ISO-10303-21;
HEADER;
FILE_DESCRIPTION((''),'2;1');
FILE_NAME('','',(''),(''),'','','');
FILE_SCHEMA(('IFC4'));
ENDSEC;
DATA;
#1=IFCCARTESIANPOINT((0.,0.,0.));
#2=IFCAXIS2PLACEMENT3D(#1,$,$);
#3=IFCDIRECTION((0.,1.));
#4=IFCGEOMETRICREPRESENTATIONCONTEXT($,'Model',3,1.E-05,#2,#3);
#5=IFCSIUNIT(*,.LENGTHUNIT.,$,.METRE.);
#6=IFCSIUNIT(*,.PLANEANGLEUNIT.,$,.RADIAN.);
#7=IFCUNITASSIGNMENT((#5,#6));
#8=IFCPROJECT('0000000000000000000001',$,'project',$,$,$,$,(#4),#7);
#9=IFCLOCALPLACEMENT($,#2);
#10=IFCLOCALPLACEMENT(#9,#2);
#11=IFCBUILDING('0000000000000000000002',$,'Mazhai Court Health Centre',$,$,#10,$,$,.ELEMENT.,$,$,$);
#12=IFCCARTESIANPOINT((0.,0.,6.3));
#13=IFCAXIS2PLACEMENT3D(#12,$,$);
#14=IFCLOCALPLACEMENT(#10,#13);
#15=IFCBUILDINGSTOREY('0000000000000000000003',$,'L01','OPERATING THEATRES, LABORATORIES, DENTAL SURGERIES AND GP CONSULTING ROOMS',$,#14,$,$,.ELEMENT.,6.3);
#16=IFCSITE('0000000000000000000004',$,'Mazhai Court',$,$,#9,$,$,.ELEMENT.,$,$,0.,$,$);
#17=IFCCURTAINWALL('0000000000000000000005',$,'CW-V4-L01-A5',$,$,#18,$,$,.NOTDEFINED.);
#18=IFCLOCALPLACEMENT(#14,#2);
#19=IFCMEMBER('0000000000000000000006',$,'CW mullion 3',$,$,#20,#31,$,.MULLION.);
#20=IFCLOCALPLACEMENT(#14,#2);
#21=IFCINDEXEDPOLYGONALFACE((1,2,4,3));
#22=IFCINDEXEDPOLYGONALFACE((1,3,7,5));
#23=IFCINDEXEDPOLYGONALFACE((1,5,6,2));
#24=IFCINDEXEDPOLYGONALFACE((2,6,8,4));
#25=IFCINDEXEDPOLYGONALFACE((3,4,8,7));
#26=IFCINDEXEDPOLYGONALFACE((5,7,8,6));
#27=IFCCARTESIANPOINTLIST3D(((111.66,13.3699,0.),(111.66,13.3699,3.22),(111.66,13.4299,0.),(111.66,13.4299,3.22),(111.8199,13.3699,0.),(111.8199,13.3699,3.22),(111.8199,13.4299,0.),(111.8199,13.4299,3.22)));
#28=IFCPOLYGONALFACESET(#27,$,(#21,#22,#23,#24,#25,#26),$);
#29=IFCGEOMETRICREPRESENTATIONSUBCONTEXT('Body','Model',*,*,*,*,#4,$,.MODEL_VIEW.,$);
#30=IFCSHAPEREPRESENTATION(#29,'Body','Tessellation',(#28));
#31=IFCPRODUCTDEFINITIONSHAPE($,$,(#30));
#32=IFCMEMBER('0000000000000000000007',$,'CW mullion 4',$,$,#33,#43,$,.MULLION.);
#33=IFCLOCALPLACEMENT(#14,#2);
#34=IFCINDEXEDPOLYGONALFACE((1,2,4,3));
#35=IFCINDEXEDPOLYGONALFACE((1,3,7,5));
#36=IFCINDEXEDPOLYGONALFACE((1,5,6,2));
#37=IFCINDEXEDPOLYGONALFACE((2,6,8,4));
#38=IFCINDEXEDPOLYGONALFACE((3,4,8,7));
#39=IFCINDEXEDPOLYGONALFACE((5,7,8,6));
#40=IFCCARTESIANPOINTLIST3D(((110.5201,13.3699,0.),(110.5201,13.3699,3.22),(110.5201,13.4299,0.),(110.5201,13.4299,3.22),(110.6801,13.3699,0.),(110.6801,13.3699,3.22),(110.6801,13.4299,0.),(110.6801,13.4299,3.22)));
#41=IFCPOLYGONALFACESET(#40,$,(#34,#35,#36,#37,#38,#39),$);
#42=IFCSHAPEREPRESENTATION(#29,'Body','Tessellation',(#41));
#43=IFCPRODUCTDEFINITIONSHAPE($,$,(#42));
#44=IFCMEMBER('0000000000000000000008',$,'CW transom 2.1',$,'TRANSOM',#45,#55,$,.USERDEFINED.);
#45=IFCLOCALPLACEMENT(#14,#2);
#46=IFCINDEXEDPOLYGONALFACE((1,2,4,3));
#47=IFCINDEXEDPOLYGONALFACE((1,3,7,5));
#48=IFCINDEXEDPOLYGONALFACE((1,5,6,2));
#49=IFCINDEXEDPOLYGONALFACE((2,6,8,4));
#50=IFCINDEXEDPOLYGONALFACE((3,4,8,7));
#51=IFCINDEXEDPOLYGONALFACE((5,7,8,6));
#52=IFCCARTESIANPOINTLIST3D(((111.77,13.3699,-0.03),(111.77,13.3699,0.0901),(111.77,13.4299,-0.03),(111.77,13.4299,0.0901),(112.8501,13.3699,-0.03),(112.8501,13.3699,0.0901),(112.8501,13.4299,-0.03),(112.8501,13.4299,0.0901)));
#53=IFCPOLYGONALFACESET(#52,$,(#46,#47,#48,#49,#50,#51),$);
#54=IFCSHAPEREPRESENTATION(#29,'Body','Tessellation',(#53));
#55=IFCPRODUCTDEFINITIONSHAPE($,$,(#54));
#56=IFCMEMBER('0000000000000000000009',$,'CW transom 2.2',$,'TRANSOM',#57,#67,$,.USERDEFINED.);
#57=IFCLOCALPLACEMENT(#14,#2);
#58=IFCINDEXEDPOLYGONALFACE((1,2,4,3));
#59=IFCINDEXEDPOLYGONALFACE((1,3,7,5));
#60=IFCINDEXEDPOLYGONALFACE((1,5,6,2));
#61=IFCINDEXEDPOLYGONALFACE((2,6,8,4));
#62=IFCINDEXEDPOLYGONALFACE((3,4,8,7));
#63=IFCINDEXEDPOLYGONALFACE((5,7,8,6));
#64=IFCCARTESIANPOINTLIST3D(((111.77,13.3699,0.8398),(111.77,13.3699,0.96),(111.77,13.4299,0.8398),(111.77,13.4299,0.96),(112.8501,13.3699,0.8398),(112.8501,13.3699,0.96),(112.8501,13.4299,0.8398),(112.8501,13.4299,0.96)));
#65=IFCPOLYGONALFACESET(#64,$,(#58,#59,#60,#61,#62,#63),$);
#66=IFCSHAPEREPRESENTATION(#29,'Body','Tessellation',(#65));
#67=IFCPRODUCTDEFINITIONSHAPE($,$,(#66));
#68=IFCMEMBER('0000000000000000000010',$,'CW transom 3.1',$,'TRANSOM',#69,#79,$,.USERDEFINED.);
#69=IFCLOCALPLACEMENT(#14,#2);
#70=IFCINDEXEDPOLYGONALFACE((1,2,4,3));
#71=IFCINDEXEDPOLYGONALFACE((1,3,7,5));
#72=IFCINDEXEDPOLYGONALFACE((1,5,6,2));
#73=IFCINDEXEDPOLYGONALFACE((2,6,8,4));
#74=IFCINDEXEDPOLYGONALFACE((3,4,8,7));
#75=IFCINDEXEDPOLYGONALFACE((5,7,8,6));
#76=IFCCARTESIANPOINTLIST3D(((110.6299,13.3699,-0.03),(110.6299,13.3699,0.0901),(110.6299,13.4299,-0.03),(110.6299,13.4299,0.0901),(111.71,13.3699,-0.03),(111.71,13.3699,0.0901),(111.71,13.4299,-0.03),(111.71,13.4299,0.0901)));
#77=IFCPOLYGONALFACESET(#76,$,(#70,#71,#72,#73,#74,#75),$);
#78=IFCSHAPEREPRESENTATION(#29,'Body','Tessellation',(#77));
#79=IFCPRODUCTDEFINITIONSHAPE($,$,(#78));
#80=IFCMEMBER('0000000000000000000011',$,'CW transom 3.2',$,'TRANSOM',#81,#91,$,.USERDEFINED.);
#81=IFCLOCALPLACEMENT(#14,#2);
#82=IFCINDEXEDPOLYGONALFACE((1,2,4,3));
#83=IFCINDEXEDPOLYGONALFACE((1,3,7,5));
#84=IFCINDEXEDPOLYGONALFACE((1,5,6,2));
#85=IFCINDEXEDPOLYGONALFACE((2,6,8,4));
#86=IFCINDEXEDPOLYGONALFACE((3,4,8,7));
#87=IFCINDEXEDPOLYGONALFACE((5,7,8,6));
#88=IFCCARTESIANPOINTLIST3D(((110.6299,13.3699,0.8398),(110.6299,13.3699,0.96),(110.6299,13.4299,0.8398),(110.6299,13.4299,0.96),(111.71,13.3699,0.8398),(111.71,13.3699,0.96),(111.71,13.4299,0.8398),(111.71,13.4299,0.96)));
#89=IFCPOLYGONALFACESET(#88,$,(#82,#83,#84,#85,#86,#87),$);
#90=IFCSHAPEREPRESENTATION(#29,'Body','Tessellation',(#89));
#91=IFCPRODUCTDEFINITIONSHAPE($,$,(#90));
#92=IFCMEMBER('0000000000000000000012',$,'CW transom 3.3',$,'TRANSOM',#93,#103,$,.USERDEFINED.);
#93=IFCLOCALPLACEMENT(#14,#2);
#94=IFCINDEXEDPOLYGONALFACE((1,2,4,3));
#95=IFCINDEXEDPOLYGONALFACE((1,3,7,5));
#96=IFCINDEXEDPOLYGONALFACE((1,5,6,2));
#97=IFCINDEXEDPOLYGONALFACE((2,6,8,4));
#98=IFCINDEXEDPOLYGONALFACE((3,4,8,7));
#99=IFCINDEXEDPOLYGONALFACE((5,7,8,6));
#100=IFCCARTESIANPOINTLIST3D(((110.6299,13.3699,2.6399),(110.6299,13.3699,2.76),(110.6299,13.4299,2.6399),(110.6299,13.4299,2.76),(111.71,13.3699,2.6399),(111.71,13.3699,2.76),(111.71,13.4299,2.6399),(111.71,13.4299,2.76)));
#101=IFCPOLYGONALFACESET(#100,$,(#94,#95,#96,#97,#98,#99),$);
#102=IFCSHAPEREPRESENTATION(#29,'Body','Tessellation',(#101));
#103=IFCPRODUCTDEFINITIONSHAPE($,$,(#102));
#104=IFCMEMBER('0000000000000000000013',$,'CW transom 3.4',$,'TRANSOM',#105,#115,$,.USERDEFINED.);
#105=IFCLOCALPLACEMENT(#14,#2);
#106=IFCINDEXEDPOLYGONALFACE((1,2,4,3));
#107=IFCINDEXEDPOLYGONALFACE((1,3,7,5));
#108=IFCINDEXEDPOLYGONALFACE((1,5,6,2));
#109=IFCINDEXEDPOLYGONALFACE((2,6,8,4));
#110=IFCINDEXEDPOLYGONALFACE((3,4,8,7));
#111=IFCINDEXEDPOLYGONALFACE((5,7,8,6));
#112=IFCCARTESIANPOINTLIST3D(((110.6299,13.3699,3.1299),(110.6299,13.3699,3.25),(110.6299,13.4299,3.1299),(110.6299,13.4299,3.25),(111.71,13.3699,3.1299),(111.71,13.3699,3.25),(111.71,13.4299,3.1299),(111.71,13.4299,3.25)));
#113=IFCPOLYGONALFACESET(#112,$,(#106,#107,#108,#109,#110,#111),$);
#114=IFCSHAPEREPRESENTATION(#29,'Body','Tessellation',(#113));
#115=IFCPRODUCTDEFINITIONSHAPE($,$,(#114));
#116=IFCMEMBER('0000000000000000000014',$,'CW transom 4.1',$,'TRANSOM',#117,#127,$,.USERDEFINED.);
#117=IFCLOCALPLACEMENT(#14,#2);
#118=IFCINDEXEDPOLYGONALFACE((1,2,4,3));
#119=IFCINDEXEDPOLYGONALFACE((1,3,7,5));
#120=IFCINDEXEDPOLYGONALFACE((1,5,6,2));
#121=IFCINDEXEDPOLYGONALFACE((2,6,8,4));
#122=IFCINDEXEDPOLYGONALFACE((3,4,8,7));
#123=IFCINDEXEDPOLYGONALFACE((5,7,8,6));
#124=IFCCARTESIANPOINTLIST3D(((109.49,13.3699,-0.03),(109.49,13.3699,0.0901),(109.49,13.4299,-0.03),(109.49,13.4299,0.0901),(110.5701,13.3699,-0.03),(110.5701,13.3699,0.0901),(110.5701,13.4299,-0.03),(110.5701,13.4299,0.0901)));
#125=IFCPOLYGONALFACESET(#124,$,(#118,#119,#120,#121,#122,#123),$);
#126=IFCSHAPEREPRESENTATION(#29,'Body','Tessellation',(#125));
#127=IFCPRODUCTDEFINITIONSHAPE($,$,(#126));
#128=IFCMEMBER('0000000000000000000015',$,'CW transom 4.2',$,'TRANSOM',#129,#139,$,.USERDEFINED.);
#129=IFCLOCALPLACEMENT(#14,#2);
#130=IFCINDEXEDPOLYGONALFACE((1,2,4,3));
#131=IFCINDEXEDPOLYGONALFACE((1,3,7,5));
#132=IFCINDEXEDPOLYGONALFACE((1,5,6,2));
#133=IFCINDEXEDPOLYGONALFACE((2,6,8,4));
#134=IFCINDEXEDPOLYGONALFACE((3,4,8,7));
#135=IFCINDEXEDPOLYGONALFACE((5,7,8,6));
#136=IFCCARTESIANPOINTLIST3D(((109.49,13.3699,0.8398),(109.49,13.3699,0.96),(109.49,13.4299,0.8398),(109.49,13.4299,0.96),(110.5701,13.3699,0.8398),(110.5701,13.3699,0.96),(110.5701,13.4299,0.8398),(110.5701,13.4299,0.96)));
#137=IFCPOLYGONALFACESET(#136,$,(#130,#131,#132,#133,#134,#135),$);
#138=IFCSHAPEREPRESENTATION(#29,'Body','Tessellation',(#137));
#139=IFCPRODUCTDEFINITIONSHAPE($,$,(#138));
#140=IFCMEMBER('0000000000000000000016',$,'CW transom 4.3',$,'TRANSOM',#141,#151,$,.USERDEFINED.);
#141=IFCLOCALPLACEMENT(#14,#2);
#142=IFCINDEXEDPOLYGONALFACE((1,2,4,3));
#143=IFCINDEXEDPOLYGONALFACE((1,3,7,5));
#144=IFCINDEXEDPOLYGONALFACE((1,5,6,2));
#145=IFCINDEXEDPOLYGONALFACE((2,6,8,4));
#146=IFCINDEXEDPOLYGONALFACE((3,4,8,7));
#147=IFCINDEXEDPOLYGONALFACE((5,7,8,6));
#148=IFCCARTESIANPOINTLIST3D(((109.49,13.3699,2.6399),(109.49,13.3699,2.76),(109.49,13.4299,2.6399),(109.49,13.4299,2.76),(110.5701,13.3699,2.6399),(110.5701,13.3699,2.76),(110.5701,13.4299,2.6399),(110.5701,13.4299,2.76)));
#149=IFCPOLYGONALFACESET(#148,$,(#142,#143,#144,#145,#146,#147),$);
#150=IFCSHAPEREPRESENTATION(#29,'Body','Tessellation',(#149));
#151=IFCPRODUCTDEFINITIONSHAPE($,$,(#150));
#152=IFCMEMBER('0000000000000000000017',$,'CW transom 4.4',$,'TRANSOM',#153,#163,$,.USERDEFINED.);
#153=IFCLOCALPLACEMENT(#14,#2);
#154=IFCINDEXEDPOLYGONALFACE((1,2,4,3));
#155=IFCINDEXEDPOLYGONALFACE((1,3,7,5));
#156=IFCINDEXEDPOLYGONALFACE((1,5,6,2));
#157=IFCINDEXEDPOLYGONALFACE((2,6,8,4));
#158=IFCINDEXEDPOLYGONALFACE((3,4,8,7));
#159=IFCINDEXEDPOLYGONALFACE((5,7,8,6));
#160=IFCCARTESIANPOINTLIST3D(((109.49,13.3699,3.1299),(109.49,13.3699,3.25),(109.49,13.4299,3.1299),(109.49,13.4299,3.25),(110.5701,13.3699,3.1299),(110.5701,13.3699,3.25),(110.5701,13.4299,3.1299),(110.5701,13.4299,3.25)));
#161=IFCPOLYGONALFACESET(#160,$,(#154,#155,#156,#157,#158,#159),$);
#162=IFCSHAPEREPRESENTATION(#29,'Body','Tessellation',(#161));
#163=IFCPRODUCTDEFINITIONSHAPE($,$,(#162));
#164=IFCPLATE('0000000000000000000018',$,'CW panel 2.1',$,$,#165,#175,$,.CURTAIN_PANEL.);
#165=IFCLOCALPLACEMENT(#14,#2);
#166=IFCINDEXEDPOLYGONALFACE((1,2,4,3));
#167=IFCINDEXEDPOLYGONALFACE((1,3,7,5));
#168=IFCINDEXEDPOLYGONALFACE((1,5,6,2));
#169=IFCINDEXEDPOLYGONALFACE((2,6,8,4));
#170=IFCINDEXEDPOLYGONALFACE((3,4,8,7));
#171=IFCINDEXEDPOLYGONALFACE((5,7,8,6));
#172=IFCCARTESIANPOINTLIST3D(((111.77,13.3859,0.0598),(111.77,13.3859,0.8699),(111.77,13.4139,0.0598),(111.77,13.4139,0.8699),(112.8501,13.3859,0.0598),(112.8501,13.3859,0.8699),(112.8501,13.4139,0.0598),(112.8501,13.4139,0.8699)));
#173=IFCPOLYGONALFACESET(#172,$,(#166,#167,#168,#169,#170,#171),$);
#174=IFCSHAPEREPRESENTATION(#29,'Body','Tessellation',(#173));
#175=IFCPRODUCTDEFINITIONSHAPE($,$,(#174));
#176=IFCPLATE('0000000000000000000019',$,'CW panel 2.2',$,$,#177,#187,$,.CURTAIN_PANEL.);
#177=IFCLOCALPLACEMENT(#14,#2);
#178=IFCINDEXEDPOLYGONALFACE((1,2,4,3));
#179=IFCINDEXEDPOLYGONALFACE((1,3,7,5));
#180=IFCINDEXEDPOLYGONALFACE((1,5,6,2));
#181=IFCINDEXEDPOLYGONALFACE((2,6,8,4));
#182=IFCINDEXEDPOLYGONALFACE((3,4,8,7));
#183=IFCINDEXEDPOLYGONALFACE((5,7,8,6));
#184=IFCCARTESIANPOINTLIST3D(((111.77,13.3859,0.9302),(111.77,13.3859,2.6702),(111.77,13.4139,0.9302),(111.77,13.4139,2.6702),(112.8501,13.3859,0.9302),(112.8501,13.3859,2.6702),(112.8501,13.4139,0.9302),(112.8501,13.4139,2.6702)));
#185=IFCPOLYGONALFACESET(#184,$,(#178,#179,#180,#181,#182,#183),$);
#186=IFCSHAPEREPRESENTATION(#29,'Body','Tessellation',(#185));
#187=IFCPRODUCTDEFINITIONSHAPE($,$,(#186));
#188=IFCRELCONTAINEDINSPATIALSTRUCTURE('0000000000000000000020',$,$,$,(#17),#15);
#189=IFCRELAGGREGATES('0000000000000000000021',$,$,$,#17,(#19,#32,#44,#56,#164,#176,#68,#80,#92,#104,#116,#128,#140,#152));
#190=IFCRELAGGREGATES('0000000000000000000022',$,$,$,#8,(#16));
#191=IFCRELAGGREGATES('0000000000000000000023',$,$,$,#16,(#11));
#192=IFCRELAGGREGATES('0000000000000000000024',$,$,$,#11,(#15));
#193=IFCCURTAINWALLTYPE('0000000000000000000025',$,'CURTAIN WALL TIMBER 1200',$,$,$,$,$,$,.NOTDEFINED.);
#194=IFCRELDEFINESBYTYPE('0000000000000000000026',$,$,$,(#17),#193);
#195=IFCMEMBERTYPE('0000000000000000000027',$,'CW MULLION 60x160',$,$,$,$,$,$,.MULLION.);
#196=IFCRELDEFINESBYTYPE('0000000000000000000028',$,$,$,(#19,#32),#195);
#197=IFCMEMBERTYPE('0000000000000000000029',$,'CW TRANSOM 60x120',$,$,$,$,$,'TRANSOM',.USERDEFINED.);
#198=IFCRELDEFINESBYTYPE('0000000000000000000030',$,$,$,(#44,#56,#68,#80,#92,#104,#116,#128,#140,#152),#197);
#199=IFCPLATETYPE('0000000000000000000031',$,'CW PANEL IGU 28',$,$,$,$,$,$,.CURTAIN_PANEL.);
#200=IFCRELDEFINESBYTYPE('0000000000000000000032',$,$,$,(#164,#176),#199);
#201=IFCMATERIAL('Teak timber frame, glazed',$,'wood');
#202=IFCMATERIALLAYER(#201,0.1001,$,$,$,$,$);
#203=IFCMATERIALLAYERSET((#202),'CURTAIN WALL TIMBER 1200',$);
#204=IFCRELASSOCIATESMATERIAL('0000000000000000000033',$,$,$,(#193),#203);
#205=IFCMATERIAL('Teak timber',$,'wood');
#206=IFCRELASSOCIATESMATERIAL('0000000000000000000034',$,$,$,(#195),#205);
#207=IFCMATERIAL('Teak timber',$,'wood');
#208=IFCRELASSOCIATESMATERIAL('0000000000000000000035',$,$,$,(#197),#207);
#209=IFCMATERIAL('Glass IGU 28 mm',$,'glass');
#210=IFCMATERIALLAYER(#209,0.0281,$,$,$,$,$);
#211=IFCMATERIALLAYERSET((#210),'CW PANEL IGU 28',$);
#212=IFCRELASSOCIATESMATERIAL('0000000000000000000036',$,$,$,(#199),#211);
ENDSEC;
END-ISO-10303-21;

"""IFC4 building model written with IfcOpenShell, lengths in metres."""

from ifc_helpers import new_model, si_unit, direction, frame, origin, origin_2d, place, context, subcontext, project, spatial, rectangle, extrude, material, layer, layer_set, material_profile, profile_set, type_object, element, aggregate, save


model = new_model("IFC4")

# Units and contexts
model_context = context("Model", 3, precision=1e-05, world=origin(), true_north=direction((0.0, 1.0)))
body_context = subcontext(model_context, "Body", "Model", "MODEL_VIEW")
ifc_project = project(units=[si_unit("LENGTHUNIT", "METRE"), si_unit("PLANEANGLEUNIT", "RADIAN")], contexts=[model_context])

# Site, building, storey
site_placement = place(None, origin())
site = spatial("IfcSite", under=ifc_project, at=site_placement, Name="Mazhai Court", CompositionType="ELEMENT", RefElevation=0.0)
building_placement = place(site_placement, origin())
building = spatial("IfcBuilding", under=site, at=building_placement, Name="Mazhai Court Health Centre", CompositionType="ELEMENT")
storey_placement = place(building_placement, frame((0.0, 0.0, 6.3)))
storey = spatial("IfcBuildingStorey", under=building, at=storey_placement, Name="L01", Description="OPERATING THEATRES, LABORATORIES, DENTAL SURGERIES AND GP CONSULTING ROOMS", CompositionType="ELEMENT", Elevation=6.3)

# Curtain wall, members, plates
ifc_material_1 = material(Name="Teak timber frame, glazed", Category="wood")
ifc_layer_1 = layer(ifc_material_1, 0.1001)
ifc_layer_set_1 = layer_set([ifc_layer_1], Name="CURTAIN WALL TIMBER 1200")
curtain_wall_type = type_object("IfcCurtainWallType", Name="CURTAIN WALL TIMBER 1200", PredefinedType="NOTDEFINED", material=ifc_layer_set_1)
curtain_wall_placement = place(storey_placement, origin())
curtain_wall = element("IfcCurtainWall", 1, at=curtain_wall_placement, inside=storey, type_object=curtain_wall_type, Name="CW-V4-L01-A5", PredefinedType="NOTDEFINED")
ifc_material_2 = material(Name="Teak timber", Category="wood")
ifc_material_profile_1 = material_profile(ifc_material_2, rectangle(XDim=0.0601, YDim=0.1599, at=origin_2d()), Name="CW MULLION 60x160")
ifc_profile_set_1 = profile_set([ifc_material_profile_1], Name="Teak timber")
member_type_1 = type_object("IfcMemberType", Name="CW MULLION 60x160", PredefinedType="MULLION", material=ifc_profile_set_1)
member_1_placement = place(storey_placement, frame((111.74, 13.3999, 0.0), z_axis=(0.0, 0.0, 1.0), x_axis=(0.0, -1.0, 0.0)))
member_1 = element("IfcMember", 2, at=member_1_placement, type_object=member_type_1, Name="CW mullion 3", PredefinedType="MULLION", context=body_context, shape_type="SweptSolid", body=[
    extrude(rectangle(XDim=0.0601, YDim=0.1599, at=origin_2d()), origin(), (0.0, 0.0, 1.0), 3.22),
])
member_2_placement = place(storey_placement, frame((110.6001, 13.3999, 0.0), z_axis=(0.0, 0.0, 1.0), x_axis=(0.0, -1.0, 0.0)))
member_2 = element("IfcMember", 3, at=member_2_placement, type_object=member_type_1, Name="CW mullion 4", PredefinedType="MULLION", context=body_context, shape_type="SweptSolid", body=[
    extrude(rectangle(XDim=0.0601, YDim=0.1599, at=origin_2d()), origin(), (0.0, 0.0, 1.0), 3.22),
])
ifc_material_3 = material(Name="Teak timber", Category="wood")
ifc_material_profile_2 = material_profile(ifc_material_3, rectangle(XDim=0.0601, YDim=0.1201, at=origin_2d()), Name="CW TRANSOM 60x120")
ifc_profile_set_2 = profile_set([ifc_material_profile_2], Name="Teak timber")
member_type_2 = type_object("IfcMemberType", Name="CW TRANSOM 60x120", ElementType="TRANSOM", PredefinedType="USERDEFINED", material=ifc_profile_set_2)
member_3_placement = place(storey_placement, frame((112.8501, 13.3999, 0.03), z_axis=(-1.0, 0.0, 0.0), x_axis=(0.0, -1.0, 0.0)))
member_3 = element("IfcMember", 4, at=member_3_placement, type_object=member_type_2, Name="CW transom 2.1", ObjectType="TRANSOM", PredefinedType="USERDEFINED", context=body_context, shape_type="SweptSolid", body=[
    extrude(rectangle(XDim=0.0601, YDim=0.1201, at=origin_2d()), origin(), (0.0, 0.0, 1.0), 1.0801),
])
member_4_placement = place(storey_placement, frame((112.8501, 13.3999, 0.8999), z_axis=(-1.0, 0.0, 0.0), x_axis=(0.0, -1.0, 0.0)))
member_4 = element("IfcMember", 5, at=member_4_placement, type_object=member_type_2, Name="CW transom 2.2", ObjectType="TRANSOM", PredefinedType="USERDEFINED", context=body_context, shape_type="SweptSolid", body=[
    extrude(rectangle(XDim=0.0601, YDim=0.1201, at=origin_2d()), origin(), (0.0, 0.0, 1.0), 1.0801),
])
member_5_placement = place(storey_placement, frame((111.71, 13.3999, 0.03), z_axis=(-1.0, 0.0, 0.0), x_axis=(0.0, -1.0, 0.0)))
member_5 = element("IfcMember", 6, at=member_5_placement, type_object=member_type_2, Name="CW transom 3.1", ObjectType="TRANSOM", PredefinedType="USERDEFINED", context=body_context, shape_type="SweptSolid", body=[
    extrude(rectangle(XDim=0.0601, YDim=0.1201, at=origin_2d()), origin(), (0.0, 0.0, 1.0), 1.0801),
])
member_6_placement = place(storey_placement, frame((111.71, 13.3999, 0.8999), z_axis=(-1.0, 0.0, 0.0), x_axis=(0.0, -1.0, 0.0)))
member_6 = element("IfcMember", 7, at=member_6_placement, type_object=member_type_2, Name="CW transom 3.2", ObjectType="TRANSOM", PredefinedType="USERDEFINED", context=body_context, shape_type="SweptSolid", body=[
    extrude(rectangle(XDim=0.0601, YDim=0.1201, at=origin_2d()), origin(), (0.0, 0.0, 1.0), 1.0801),
])
member_7_placement = place(storey_placement, frame((111.71, 13.3999, 2.7), z_axis=(-1.0, 0.0, 0.0), x_axis=(0.0, -1.0, 0.0)))
member_7 = element("IfcMember", 8, at=member_7_placement, type_object=member_type_2, Name="CW transom 3.3", ObjectType="TRANSOM", PredefinedType="USERDEFINED", context=body_context, shape_type="SweptSolid", body=[
    extrude(rectangle(XDim=0.0601, YDim=0.1201, at=origin_2d()), origin(), (0.0, 0.0, 1.0), 1.0801),
])
member_8_placement = place(storey_placement, frame((111.71, 13.3999, 3.1899), z_axis=(-1.0, 0.0, 0.0), x_axis=(0.0, -1.0, 0.0)))
member_8 = element("IfcMember", 9, at=member_8_placement, type_object=member_type_2, Name="CW transom 3.4", ObjectType="TRANSOM", PredefinedType="USERDEFINED", context=body_context, shape_type="SweptSolid", body=[
    extrude(rectangle(XDim=0.0601, YDim=0.1201, at=origin_2d()), origin(), (0.0, 0.0, 1.0), 1.0801),
])
member_9_placement = place(storey_placement, frame((110.5701, 13.3999, 0.03), z_axis=(-1.0, 0.0, 0.0), x_axis=(0.0, -1.0, 0.0)))
member_9 = element("IfcMember", 10, at=member_9_placement, type_object=member_type_2, Name="CW transom 4.1", ObjectType="TRANSOM", PredefinedType="USERDEFINED", context=body_context, shape_type="SweptSolid", body=[
    extrude(rectangle(XDim=0.0601, YDim=0.1201, at=origin_2d()), origin(), (0.0, 0.0, 1.0), 1.0801),
])
member_10_placement = place(storey_placement, frame((110.5701, 13.3999, 0.8999), z_axis=(-1.0, 0.0, 0.0), x_axis=(0.0, -1.0, 0.0)))
member_10 = element("IfcMember", 11, at=member_10_placement, type_object=member_type_2, Name="CW transom 4.2", ObjectType="TRANSOM", PredefinedType="USERDEFINED", context=body_context, shape_type="SweptSolid", body=[
    extrude(rectangle(XDim=0.0601, YDim=0.1201, at=origin_2d()), origin(), (0.0, 0.0, 1.0), 1.0801),
])
member_11_placement = place(storey_placement, frame((110.5701, 13.3999, 2.7), z_axis=(-1.0, 0.0, 0.0), x_axis=(0.0, -1.0, 0.0)))
member_11 = element("IfcMember", 12, at=member_11_placement, type_object=member_type_2, Name="CW transom 4.3", ObjectType="TRANSOM", PredefinedType="USERDEFINED", context=body_context, shape_type="SweptSolid", body=[
    extrude(rectangle(XDim=0.0601, YDim=0.1201, at=origin_2d()), origin(), (0.0, 0.0, 1.0), 1.0801),
])
member_12_placement = place(storey_placement, frame((110.5701, 13.3999, 3.1899), z_axis=(-1.0, 0.0, 0.0), x_axis=(0.0, -1.0, 0.0)))
member_12 = element("IfcMember", 13, at=member_12_placement, type_object=member_type_2, Name="CW transom 4.4", ObjectType="TRANSOM", PredefinedType="USERDEFINED", context=body_context, shape_type="SweptSolid", body=[
    extrude(rectangle(XDim=0.0601, YDim=0.1201, at=origin_2d()), origin(), (0.0, 0.0, 1.0), 1.0801),
])
ifc_material_4 = material(Name="Glass IGU 28 mm", Category="glass")
ifc_layer_2 = layer(ifc_material_4, 0.0281)
ifc_layer_set_2 = layer_set([ifc_layer_2], Name="CW PANEL IGU 28")
plate_type = type_object("IfcPlateType", Name="CW PANEL IGU 28", PredefinedType="CURTAIN_PANEL", material=ifc_layer_set_2)
plate_1_placement = place(storey_placement, frame((112.3101, 13.3999, 0.0598), z_axis=(0.0, 0.0, 1.0), x_axis=(-1.0, 0.0, 0.0)))
plate_1 = element("IfcPlate", 14, at=plate_1_placement, type_object=plate_type, Name="CW panel 2.1", PredefinedType="CURTAIN_PANEL", context=body_context, shape_type="SweptSolid", body=[
    extrude(rectangle(XDim=1.0801, YDim=0.0281, at=origin_2d()), origin(), (0.0, 0.0, 1.0), 0.8101),
])
plate_2_placement = place(storey_placement, frame((112.3101, 13.3999, 0.9302), z_axis=(0.0, 0.0, 1.0), x_axis=(-1.0, 0.0, 0.0)))
plate_2 = element("IfcPlate", 15, at=plate_2_placement, type_object=plate_type, Name="CW panel 2.2", PredefinedType="CURTAIN_PANEL", context=body_context, shape_type="SweptSolid", body=[
    extrude(rectangle(XDim=1.0801, YDim=0.0281, at=origin_2d()), origin(), (0.0, 0.0, 1.0), 1.74),
])
aggregate(curtain_wall, [member_1, member_2, member_3, member_4, plate_1, plate_2, member_5, member_6, member_7, member_8, member_9, member_10, member_11, member_12])

save(model, "model.ifc")
